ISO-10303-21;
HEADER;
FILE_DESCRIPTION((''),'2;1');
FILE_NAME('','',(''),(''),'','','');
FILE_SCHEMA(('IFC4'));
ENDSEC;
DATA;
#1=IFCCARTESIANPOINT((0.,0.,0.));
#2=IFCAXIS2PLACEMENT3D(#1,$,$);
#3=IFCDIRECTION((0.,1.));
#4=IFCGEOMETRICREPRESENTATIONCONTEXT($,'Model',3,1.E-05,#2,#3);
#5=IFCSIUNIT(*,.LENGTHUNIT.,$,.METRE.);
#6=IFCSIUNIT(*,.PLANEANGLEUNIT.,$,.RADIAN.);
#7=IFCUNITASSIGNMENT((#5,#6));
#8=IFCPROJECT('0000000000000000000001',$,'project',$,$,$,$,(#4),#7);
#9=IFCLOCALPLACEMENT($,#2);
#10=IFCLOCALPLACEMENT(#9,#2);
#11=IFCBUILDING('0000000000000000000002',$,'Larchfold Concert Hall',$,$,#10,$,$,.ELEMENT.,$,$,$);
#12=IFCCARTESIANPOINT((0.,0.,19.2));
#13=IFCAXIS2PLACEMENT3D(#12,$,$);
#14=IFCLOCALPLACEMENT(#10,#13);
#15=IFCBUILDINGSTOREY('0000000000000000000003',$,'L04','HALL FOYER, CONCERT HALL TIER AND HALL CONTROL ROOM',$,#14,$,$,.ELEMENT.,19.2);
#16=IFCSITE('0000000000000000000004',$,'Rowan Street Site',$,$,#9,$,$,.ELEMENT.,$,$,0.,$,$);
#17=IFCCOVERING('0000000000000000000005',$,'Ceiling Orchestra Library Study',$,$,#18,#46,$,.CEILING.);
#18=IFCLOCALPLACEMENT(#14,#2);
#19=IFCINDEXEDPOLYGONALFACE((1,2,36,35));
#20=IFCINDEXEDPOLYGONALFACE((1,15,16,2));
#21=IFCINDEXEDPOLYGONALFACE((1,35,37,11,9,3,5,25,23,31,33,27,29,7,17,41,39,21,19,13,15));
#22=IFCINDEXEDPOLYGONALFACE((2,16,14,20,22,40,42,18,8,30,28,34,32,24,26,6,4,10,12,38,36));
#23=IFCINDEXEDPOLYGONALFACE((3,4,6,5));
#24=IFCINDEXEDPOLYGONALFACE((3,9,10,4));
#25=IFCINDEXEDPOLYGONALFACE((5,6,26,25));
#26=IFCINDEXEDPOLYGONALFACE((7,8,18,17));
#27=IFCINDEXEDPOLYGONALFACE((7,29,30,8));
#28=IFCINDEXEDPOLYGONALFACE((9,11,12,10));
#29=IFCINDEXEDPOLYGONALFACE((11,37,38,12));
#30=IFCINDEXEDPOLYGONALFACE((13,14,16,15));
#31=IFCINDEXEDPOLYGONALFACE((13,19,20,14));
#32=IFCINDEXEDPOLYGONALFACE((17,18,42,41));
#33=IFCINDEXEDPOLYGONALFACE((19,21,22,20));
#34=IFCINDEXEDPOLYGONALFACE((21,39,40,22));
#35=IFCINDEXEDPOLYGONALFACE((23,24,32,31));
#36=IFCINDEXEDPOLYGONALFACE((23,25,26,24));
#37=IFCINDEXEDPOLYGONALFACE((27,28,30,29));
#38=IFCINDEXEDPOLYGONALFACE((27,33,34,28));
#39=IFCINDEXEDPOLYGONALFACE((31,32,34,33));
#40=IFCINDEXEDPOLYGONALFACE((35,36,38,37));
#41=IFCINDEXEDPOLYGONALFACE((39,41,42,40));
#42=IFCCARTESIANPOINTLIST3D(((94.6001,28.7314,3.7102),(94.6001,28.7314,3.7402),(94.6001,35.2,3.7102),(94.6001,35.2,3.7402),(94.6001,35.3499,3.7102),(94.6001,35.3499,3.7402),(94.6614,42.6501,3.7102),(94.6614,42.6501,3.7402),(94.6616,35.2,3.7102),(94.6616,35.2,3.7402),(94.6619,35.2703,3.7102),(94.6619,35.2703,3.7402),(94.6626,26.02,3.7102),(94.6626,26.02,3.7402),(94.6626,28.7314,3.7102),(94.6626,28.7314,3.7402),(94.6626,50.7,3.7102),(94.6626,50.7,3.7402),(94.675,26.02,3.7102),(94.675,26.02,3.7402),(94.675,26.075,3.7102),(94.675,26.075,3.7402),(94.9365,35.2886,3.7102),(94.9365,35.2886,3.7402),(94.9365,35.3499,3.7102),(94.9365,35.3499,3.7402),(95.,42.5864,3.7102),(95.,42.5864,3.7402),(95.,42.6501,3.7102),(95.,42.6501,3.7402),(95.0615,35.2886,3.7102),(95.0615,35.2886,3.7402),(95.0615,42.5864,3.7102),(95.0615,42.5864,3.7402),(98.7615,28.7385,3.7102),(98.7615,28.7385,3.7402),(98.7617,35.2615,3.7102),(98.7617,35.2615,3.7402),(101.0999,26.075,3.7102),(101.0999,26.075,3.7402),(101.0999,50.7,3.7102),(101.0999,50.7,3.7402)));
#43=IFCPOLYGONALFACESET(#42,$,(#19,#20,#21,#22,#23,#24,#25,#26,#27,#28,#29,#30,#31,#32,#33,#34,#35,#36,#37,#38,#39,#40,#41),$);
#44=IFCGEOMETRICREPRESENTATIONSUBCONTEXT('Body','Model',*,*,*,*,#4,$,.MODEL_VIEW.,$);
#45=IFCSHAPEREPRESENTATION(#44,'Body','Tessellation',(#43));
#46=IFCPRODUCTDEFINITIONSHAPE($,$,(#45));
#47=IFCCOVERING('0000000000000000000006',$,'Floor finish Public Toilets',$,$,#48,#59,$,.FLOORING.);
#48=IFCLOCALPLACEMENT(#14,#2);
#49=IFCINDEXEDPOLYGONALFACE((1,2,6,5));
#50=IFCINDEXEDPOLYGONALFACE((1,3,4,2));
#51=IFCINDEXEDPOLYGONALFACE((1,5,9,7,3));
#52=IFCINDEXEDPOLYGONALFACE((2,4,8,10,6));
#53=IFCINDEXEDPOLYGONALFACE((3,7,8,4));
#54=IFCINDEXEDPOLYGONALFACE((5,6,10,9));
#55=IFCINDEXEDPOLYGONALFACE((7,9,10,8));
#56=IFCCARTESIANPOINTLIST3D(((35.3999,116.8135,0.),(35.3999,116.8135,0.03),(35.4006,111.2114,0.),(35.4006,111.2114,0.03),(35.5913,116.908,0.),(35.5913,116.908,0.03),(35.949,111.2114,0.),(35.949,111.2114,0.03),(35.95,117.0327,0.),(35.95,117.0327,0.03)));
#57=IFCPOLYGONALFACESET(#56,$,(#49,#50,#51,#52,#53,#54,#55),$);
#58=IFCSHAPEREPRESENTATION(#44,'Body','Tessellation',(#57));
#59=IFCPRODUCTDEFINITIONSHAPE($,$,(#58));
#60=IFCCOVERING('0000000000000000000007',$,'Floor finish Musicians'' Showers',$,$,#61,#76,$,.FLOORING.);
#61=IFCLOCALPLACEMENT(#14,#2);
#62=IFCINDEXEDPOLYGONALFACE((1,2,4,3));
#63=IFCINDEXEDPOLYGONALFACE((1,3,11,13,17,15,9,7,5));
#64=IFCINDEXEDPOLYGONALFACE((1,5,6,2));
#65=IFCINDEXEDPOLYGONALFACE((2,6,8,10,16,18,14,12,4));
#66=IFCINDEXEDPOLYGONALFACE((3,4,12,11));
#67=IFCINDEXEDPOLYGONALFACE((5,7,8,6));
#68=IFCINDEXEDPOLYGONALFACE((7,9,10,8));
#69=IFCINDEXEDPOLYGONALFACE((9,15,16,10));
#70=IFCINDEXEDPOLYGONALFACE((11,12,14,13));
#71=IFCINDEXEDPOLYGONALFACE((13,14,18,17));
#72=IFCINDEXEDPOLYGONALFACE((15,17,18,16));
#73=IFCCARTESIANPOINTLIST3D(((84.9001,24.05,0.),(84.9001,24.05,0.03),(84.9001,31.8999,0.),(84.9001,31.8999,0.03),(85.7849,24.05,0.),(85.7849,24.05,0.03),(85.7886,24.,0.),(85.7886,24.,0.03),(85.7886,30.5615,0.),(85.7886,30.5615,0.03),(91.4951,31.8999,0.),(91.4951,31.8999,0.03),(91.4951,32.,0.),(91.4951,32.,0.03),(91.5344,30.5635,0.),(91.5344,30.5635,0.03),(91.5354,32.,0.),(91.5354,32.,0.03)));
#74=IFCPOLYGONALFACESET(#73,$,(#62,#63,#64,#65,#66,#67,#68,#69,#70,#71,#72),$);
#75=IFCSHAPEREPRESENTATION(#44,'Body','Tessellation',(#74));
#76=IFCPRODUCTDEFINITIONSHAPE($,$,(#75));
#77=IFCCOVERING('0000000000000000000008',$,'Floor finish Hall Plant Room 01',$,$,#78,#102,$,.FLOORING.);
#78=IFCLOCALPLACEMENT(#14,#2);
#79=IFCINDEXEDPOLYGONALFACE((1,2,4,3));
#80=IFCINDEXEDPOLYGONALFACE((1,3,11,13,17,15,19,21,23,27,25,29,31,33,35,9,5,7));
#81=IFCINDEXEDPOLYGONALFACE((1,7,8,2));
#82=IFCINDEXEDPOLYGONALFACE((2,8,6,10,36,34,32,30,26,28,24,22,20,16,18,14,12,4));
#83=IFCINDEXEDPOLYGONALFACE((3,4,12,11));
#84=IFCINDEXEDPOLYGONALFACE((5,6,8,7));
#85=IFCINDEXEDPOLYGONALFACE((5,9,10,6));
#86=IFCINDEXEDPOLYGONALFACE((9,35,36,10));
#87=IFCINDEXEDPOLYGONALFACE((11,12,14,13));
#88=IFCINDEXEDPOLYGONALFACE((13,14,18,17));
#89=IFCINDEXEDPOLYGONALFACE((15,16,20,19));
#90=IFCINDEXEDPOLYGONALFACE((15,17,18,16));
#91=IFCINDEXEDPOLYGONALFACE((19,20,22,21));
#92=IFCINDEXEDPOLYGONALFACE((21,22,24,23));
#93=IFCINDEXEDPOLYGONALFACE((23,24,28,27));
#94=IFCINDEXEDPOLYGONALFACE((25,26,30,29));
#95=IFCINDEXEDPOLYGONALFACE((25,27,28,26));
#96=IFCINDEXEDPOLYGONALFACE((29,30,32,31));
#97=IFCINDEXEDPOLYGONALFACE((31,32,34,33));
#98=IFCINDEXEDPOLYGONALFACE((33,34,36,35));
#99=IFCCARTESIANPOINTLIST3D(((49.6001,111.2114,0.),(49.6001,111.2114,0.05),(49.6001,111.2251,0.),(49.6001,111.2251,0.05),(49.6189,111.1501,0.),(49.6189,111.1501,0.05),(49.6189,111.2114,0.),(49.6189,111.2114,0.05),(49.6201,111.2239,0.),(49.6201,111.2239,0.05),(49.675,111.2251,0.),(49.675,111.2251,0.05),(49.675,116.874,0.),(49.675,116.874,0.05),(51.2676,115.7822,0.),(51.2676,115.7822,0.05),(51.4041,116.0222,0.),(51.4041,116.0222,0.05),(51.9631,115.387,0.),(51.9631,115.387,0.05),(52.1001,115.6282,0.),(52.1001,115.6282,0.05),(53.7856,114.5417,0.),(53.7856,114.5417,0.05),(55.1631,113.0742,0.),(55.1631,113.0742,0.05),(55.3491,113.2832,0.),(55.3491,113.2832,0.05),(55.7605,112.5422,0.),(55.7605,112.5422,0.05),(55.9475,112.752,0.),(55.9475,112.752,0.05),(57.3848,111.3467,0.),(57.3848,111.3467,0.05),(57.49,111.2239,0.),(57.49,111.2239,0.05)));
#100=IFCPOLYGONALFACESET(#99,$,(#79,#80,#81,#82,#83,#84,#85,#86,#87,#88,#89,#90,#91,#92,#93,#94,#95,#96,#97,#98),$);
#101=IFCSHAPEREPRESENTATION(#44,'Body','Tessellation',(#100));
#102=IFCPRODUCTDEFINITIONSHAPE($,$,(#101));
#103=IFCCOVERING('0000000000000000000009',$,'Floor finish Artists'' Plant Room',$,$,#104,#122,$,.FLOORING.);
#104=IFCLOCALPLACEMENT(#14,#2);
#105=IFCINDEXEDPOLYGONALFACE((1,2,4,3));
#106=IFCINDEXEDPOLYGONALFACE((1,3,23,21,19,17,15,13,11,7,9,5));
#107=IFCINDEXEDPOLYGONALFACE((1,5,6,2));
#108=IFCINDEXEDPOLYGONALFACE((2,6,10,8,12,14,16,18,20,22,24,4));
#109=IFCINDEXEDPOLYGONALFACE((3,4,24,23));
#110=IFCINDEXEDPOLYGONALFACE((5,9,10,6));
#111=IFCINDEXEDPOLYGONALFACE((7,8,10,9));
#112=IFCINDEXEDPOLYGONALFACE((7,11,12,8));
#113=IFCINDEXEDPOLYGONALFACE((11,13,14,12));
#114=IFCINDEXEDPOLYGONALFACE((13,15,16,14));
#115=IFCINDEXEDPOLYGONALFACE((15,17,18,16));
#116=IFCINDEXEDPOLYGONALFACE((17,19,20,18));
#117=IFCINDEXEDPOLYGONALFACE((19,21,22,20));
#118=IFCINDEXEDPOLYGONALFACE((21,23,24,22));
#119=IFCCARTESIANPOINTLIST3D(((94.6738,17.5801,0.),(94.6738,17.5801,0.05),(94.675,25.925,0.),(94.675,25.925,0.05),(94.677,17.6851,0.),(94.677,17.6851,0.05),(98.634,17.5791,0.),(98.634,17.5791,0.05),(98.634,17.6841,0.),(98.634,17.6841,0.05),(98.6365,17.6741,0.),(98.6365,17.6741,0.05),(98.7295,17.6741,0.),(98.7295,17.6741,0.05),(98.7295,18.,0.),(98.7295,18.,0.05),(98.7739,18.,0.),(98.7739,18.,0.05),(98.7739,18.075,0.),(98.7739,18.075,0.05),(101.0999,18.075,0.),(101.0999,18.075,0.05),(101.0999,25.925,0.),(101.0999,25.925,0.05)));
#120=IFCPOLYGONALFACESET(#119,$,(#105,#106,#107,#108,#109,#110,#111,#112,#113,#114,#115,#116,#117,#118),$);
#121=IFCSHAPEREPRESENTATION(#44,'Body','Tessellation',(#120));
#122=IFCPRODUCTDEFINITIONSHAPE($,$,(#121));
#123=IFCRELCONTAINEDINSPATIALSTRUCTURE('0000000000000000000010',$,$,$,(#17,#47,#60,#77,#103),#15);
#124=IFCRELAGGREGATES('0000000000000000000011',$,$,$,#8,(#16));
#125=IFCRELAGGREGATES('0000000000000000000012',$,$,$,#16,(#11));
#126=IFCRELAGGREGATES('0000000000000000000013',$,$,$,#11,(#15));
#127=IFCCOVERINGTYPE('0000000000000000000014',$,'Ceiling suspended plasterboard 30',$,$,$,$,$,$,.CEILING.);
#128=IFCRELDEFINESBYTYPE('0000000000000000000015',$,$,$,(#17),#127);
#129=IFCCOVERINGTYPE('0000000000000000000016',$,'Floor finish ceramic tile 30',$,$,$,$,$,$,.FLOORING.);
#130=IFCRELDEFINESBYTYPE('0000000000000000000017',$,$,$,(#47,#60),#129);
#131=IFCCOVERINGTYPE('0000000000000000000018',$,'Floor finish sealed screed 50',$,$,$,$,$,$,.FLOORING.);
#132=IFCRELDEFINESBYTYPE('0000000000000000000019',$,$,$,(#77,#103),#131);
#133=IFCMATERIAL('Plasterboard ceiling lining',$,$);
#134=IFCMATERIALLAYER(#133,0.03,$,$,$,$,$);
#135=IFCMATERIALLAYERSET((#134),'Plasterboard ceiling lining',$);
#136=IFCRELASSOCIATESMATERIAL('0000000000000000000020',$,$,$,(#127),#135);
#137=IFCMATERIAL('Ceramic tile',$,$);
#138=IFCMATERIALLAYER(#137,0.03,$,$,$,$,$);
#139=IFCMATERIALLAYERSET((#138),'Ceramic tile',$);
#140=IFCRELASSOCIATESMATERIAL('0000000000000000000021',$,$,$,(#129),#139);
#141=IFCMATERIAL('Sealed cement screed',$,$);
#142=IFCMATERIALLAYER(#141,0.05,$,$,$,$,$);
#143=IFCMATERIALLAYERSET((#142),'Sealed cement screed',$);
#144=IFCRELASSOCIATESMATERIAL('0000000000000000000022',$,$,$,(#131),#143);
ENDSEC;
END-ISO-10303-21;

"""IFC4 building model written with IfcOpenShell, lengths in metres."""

from ifc_helpers import new_model, si_unit, direction, frame, origin, place, context, subcontext, project, spatial, polyline, outline, extrude, material, layer, layer_set, type_object, element, save


model = new_model("IFC4")

# Units and contexts
model_context = context("Model", 3, precision=1e-05, world=origin(), true_north=direction((0.0, 1.0)))
body_context = subcontext(model_context, "Body", "Model", "MODEL_VIEW")
ifc_project = project(units=[si_unit("LENGTHUNIT", "METRE"), si_unit("PLANEANGLEUNIT", "RADIAN")], contexts=[model_context])

# Site, building, storey
site_placement = place(None, origin())
site = spatial("IfcSite", under=ifc_project, at=site_placement, Name="Rowan Street Site", CompositionType="ELEMENT", RefElevation=0.0)
building_placement = place(site_placement, origin())
building = spatial("IfcBuilding", under=site, at=building_placement, Name="Larchfold Concert Hall", CompositionType="ELEMENT")
storey_placement = place(building_placement, frame((0.0, 0.0, 19.2)))
storey = spatial("IfcBuildingStorey", under=building, at=storey_placement, Name="L04", Description="HALL FOYER, CONCERT HALL TIER AND HALL CONTROL ROOM", CompositionType="ELEMENT", Elevation=19.2)

# Coverings
ifc_material_1 = material(Name="Plasterboard ceiling lining")
ifc_layer_1 = layer(ifc_material_1, 0.03)
ifc_layer_set_1 = layer_set([ifc_layer_1], Name="Plasterboard ceiling lining")
covering_type_1 = type_object("IfcCoveringType", Name="Ceiling suspended plasterboard 30", PredefinedType="CEILING", material=ifc_layer_set_1)
covering_1_placement = place(storey_placement, frame((0.0, 0.0, 3.7102)))
element("IfcCovering", 1, at=covering_1_placement, inside=storey, type_object=covering_type_1, Name="Ceiling Orchestra Library Study", PredefinedType="CEILING", context=body_context, shape_type="SweptSolid", body=[
    extrude(outline(polyline([(94.6001, 28.7314), (94.6626, 28.7314), (94.6626, 26.02), (94.675, 26.02), (94.675, 26.075), (101.0999, 26.075), (101.0999, 50.7), (94.6626, 50.7), (94.6614, 42.6501), (95.0, 42.6501), (95.0, 42.5864), (95.0615, 42.5864), (95.0615, 35.2886), (94.9365, 35.2886), (94.9365, 35.3499), (94.6001, 35.3499), (94.6001, 35.2), (94.6616, 35.2), (94.6619, 35.2703), (98.7617, 35.2615), (98.7615, 28.7385), (94.6001, 28.7314)])), origin(), (0.0, 0.0, 1.0), 0.03),
])
ifc_material_2 = material(Name="Ceramic tile")
ifc_layer_2 = layer(ifc_material_2, 0.03)
ifc_layer_set_2 = layer_set([ifc_layer_2], Name="Ceramic tile")
covering_type_2 = type_object("IfcCoveringType", Name="Floor finish ceramic tile 30", PredefinedType="FLOORING", material=ifc_layer_set_2)
covering_2_placement = place(storey_placement, origin())
element("IfcCovering", 2, at=covering_2_placement, inside=storey, type_object=covering_type_2, Name="Floor finish Public Toilets", PredefinedType="FLOORING", context=body_context, shape_type="SweptSolid", body=[
    extrude(outline(polyline([(35.3999, 116.8135), (35.4006, 111.2114), (35.949, 111.2114), (35.95, 117.0327), (35.5913, 116.908), (35.3999, 116.8135)])), origin(), (0.0, 0.0, 1.0), 0.03),
])
covering_3_placement = place(storey_placement, origin())
element("IfcCovering", 3, at=covering_3_placement, inside=storey, type_object=covering_type_2, Name="Floor finish Musicians' Showers", PredefinedType="FLOORING", context=body_context, shape_type="SweptSolid", body=[
    extrude(outline(polyline([(85.7886, 24.0), (85.7886, 30.5615), (91.6001, 30.5635), (91.5344, 30.5635), (91.5354, 32.0), (91.4951, 32.0), (91.4951, 31.8999), (84.9001, 31.8999), (84.9001, 24.05), (85.7849, 24.05), (85.7886, 24.0)])), origin(), (0.0, 0.0, 1.0), 0.03),
])
ifc_material_3 = material(Name="Sealed cement screed")
ifc_layer_3 = layer(ifc_material_3, 0.05)
ifc_layer_set_3 = layer_set([ifc_layer_3], Name="Sealed cement screed")
covering_type_3 = type_object("IfcCoveringType", Name="Floor finish sealed screed 50", PredefinedType="FLOORING", material=ifc_layer_set_3)
covering_4_placement = place(storey_placement, origin())
element("IfcCovering", 4, at=covering_4_placement, inside=storey, type_object=covering_type_3, Name="Floor finish Hall Plant Room 01", PredefinedType="FLOORING", context=body_context, shape_type="SweptSolid", body=[
    extrude(outline(polyline([(49.6189, 111.1501), (49.6201, 111.2239), (57.49, 111.2239), (57.3848, 111.3467), (55.9475, 112.752), (55.7605, 112.5422), (55.1631, 113.0742), (55.3491, 113.2832), (53.7856, 114.5417), (52.1001, 115.6282), (51.9631, 115.387), (51.2676, 115.7822), (51.4041, 116.0222), (49.675, 116.874), (49.675, 111.2251), (49.6001, 111.2251), (49.6001, 111.2114), (49.6189, 111.2114), (49.6189, 111.1501)])), origin(), (0.0, 0.0, 1.0), 0.05),
])
covering_5_placement = place(storey_placement, origin())
element("IfcCovering", 5, at=covering_5_placement, inside=storey, type_object=covering_type_3, Name="Floor finish Artists' Plant Room", PredefinedType="FLOORING", context=body_context, shape_type="SweptSolid", body=[
    extrude(outline(polyline([(94.6738, 17.5801), (94.677, 17.6851), (98.634, 17.6841), (98.634, 17.5791), (98.6365, 17.6741), (98.7295, 17.6741), (98.7295, 18.0), (98.7739, 18.0), (98.7739, 18.075), (101.0999, 18.075), (101.0999, 25.925), (94.675, 25.925), (94.6738, 17.5801)])), origin(), (0.0, 0.0, 1.0), 0.05),
])

save(model, "model.ifc")
